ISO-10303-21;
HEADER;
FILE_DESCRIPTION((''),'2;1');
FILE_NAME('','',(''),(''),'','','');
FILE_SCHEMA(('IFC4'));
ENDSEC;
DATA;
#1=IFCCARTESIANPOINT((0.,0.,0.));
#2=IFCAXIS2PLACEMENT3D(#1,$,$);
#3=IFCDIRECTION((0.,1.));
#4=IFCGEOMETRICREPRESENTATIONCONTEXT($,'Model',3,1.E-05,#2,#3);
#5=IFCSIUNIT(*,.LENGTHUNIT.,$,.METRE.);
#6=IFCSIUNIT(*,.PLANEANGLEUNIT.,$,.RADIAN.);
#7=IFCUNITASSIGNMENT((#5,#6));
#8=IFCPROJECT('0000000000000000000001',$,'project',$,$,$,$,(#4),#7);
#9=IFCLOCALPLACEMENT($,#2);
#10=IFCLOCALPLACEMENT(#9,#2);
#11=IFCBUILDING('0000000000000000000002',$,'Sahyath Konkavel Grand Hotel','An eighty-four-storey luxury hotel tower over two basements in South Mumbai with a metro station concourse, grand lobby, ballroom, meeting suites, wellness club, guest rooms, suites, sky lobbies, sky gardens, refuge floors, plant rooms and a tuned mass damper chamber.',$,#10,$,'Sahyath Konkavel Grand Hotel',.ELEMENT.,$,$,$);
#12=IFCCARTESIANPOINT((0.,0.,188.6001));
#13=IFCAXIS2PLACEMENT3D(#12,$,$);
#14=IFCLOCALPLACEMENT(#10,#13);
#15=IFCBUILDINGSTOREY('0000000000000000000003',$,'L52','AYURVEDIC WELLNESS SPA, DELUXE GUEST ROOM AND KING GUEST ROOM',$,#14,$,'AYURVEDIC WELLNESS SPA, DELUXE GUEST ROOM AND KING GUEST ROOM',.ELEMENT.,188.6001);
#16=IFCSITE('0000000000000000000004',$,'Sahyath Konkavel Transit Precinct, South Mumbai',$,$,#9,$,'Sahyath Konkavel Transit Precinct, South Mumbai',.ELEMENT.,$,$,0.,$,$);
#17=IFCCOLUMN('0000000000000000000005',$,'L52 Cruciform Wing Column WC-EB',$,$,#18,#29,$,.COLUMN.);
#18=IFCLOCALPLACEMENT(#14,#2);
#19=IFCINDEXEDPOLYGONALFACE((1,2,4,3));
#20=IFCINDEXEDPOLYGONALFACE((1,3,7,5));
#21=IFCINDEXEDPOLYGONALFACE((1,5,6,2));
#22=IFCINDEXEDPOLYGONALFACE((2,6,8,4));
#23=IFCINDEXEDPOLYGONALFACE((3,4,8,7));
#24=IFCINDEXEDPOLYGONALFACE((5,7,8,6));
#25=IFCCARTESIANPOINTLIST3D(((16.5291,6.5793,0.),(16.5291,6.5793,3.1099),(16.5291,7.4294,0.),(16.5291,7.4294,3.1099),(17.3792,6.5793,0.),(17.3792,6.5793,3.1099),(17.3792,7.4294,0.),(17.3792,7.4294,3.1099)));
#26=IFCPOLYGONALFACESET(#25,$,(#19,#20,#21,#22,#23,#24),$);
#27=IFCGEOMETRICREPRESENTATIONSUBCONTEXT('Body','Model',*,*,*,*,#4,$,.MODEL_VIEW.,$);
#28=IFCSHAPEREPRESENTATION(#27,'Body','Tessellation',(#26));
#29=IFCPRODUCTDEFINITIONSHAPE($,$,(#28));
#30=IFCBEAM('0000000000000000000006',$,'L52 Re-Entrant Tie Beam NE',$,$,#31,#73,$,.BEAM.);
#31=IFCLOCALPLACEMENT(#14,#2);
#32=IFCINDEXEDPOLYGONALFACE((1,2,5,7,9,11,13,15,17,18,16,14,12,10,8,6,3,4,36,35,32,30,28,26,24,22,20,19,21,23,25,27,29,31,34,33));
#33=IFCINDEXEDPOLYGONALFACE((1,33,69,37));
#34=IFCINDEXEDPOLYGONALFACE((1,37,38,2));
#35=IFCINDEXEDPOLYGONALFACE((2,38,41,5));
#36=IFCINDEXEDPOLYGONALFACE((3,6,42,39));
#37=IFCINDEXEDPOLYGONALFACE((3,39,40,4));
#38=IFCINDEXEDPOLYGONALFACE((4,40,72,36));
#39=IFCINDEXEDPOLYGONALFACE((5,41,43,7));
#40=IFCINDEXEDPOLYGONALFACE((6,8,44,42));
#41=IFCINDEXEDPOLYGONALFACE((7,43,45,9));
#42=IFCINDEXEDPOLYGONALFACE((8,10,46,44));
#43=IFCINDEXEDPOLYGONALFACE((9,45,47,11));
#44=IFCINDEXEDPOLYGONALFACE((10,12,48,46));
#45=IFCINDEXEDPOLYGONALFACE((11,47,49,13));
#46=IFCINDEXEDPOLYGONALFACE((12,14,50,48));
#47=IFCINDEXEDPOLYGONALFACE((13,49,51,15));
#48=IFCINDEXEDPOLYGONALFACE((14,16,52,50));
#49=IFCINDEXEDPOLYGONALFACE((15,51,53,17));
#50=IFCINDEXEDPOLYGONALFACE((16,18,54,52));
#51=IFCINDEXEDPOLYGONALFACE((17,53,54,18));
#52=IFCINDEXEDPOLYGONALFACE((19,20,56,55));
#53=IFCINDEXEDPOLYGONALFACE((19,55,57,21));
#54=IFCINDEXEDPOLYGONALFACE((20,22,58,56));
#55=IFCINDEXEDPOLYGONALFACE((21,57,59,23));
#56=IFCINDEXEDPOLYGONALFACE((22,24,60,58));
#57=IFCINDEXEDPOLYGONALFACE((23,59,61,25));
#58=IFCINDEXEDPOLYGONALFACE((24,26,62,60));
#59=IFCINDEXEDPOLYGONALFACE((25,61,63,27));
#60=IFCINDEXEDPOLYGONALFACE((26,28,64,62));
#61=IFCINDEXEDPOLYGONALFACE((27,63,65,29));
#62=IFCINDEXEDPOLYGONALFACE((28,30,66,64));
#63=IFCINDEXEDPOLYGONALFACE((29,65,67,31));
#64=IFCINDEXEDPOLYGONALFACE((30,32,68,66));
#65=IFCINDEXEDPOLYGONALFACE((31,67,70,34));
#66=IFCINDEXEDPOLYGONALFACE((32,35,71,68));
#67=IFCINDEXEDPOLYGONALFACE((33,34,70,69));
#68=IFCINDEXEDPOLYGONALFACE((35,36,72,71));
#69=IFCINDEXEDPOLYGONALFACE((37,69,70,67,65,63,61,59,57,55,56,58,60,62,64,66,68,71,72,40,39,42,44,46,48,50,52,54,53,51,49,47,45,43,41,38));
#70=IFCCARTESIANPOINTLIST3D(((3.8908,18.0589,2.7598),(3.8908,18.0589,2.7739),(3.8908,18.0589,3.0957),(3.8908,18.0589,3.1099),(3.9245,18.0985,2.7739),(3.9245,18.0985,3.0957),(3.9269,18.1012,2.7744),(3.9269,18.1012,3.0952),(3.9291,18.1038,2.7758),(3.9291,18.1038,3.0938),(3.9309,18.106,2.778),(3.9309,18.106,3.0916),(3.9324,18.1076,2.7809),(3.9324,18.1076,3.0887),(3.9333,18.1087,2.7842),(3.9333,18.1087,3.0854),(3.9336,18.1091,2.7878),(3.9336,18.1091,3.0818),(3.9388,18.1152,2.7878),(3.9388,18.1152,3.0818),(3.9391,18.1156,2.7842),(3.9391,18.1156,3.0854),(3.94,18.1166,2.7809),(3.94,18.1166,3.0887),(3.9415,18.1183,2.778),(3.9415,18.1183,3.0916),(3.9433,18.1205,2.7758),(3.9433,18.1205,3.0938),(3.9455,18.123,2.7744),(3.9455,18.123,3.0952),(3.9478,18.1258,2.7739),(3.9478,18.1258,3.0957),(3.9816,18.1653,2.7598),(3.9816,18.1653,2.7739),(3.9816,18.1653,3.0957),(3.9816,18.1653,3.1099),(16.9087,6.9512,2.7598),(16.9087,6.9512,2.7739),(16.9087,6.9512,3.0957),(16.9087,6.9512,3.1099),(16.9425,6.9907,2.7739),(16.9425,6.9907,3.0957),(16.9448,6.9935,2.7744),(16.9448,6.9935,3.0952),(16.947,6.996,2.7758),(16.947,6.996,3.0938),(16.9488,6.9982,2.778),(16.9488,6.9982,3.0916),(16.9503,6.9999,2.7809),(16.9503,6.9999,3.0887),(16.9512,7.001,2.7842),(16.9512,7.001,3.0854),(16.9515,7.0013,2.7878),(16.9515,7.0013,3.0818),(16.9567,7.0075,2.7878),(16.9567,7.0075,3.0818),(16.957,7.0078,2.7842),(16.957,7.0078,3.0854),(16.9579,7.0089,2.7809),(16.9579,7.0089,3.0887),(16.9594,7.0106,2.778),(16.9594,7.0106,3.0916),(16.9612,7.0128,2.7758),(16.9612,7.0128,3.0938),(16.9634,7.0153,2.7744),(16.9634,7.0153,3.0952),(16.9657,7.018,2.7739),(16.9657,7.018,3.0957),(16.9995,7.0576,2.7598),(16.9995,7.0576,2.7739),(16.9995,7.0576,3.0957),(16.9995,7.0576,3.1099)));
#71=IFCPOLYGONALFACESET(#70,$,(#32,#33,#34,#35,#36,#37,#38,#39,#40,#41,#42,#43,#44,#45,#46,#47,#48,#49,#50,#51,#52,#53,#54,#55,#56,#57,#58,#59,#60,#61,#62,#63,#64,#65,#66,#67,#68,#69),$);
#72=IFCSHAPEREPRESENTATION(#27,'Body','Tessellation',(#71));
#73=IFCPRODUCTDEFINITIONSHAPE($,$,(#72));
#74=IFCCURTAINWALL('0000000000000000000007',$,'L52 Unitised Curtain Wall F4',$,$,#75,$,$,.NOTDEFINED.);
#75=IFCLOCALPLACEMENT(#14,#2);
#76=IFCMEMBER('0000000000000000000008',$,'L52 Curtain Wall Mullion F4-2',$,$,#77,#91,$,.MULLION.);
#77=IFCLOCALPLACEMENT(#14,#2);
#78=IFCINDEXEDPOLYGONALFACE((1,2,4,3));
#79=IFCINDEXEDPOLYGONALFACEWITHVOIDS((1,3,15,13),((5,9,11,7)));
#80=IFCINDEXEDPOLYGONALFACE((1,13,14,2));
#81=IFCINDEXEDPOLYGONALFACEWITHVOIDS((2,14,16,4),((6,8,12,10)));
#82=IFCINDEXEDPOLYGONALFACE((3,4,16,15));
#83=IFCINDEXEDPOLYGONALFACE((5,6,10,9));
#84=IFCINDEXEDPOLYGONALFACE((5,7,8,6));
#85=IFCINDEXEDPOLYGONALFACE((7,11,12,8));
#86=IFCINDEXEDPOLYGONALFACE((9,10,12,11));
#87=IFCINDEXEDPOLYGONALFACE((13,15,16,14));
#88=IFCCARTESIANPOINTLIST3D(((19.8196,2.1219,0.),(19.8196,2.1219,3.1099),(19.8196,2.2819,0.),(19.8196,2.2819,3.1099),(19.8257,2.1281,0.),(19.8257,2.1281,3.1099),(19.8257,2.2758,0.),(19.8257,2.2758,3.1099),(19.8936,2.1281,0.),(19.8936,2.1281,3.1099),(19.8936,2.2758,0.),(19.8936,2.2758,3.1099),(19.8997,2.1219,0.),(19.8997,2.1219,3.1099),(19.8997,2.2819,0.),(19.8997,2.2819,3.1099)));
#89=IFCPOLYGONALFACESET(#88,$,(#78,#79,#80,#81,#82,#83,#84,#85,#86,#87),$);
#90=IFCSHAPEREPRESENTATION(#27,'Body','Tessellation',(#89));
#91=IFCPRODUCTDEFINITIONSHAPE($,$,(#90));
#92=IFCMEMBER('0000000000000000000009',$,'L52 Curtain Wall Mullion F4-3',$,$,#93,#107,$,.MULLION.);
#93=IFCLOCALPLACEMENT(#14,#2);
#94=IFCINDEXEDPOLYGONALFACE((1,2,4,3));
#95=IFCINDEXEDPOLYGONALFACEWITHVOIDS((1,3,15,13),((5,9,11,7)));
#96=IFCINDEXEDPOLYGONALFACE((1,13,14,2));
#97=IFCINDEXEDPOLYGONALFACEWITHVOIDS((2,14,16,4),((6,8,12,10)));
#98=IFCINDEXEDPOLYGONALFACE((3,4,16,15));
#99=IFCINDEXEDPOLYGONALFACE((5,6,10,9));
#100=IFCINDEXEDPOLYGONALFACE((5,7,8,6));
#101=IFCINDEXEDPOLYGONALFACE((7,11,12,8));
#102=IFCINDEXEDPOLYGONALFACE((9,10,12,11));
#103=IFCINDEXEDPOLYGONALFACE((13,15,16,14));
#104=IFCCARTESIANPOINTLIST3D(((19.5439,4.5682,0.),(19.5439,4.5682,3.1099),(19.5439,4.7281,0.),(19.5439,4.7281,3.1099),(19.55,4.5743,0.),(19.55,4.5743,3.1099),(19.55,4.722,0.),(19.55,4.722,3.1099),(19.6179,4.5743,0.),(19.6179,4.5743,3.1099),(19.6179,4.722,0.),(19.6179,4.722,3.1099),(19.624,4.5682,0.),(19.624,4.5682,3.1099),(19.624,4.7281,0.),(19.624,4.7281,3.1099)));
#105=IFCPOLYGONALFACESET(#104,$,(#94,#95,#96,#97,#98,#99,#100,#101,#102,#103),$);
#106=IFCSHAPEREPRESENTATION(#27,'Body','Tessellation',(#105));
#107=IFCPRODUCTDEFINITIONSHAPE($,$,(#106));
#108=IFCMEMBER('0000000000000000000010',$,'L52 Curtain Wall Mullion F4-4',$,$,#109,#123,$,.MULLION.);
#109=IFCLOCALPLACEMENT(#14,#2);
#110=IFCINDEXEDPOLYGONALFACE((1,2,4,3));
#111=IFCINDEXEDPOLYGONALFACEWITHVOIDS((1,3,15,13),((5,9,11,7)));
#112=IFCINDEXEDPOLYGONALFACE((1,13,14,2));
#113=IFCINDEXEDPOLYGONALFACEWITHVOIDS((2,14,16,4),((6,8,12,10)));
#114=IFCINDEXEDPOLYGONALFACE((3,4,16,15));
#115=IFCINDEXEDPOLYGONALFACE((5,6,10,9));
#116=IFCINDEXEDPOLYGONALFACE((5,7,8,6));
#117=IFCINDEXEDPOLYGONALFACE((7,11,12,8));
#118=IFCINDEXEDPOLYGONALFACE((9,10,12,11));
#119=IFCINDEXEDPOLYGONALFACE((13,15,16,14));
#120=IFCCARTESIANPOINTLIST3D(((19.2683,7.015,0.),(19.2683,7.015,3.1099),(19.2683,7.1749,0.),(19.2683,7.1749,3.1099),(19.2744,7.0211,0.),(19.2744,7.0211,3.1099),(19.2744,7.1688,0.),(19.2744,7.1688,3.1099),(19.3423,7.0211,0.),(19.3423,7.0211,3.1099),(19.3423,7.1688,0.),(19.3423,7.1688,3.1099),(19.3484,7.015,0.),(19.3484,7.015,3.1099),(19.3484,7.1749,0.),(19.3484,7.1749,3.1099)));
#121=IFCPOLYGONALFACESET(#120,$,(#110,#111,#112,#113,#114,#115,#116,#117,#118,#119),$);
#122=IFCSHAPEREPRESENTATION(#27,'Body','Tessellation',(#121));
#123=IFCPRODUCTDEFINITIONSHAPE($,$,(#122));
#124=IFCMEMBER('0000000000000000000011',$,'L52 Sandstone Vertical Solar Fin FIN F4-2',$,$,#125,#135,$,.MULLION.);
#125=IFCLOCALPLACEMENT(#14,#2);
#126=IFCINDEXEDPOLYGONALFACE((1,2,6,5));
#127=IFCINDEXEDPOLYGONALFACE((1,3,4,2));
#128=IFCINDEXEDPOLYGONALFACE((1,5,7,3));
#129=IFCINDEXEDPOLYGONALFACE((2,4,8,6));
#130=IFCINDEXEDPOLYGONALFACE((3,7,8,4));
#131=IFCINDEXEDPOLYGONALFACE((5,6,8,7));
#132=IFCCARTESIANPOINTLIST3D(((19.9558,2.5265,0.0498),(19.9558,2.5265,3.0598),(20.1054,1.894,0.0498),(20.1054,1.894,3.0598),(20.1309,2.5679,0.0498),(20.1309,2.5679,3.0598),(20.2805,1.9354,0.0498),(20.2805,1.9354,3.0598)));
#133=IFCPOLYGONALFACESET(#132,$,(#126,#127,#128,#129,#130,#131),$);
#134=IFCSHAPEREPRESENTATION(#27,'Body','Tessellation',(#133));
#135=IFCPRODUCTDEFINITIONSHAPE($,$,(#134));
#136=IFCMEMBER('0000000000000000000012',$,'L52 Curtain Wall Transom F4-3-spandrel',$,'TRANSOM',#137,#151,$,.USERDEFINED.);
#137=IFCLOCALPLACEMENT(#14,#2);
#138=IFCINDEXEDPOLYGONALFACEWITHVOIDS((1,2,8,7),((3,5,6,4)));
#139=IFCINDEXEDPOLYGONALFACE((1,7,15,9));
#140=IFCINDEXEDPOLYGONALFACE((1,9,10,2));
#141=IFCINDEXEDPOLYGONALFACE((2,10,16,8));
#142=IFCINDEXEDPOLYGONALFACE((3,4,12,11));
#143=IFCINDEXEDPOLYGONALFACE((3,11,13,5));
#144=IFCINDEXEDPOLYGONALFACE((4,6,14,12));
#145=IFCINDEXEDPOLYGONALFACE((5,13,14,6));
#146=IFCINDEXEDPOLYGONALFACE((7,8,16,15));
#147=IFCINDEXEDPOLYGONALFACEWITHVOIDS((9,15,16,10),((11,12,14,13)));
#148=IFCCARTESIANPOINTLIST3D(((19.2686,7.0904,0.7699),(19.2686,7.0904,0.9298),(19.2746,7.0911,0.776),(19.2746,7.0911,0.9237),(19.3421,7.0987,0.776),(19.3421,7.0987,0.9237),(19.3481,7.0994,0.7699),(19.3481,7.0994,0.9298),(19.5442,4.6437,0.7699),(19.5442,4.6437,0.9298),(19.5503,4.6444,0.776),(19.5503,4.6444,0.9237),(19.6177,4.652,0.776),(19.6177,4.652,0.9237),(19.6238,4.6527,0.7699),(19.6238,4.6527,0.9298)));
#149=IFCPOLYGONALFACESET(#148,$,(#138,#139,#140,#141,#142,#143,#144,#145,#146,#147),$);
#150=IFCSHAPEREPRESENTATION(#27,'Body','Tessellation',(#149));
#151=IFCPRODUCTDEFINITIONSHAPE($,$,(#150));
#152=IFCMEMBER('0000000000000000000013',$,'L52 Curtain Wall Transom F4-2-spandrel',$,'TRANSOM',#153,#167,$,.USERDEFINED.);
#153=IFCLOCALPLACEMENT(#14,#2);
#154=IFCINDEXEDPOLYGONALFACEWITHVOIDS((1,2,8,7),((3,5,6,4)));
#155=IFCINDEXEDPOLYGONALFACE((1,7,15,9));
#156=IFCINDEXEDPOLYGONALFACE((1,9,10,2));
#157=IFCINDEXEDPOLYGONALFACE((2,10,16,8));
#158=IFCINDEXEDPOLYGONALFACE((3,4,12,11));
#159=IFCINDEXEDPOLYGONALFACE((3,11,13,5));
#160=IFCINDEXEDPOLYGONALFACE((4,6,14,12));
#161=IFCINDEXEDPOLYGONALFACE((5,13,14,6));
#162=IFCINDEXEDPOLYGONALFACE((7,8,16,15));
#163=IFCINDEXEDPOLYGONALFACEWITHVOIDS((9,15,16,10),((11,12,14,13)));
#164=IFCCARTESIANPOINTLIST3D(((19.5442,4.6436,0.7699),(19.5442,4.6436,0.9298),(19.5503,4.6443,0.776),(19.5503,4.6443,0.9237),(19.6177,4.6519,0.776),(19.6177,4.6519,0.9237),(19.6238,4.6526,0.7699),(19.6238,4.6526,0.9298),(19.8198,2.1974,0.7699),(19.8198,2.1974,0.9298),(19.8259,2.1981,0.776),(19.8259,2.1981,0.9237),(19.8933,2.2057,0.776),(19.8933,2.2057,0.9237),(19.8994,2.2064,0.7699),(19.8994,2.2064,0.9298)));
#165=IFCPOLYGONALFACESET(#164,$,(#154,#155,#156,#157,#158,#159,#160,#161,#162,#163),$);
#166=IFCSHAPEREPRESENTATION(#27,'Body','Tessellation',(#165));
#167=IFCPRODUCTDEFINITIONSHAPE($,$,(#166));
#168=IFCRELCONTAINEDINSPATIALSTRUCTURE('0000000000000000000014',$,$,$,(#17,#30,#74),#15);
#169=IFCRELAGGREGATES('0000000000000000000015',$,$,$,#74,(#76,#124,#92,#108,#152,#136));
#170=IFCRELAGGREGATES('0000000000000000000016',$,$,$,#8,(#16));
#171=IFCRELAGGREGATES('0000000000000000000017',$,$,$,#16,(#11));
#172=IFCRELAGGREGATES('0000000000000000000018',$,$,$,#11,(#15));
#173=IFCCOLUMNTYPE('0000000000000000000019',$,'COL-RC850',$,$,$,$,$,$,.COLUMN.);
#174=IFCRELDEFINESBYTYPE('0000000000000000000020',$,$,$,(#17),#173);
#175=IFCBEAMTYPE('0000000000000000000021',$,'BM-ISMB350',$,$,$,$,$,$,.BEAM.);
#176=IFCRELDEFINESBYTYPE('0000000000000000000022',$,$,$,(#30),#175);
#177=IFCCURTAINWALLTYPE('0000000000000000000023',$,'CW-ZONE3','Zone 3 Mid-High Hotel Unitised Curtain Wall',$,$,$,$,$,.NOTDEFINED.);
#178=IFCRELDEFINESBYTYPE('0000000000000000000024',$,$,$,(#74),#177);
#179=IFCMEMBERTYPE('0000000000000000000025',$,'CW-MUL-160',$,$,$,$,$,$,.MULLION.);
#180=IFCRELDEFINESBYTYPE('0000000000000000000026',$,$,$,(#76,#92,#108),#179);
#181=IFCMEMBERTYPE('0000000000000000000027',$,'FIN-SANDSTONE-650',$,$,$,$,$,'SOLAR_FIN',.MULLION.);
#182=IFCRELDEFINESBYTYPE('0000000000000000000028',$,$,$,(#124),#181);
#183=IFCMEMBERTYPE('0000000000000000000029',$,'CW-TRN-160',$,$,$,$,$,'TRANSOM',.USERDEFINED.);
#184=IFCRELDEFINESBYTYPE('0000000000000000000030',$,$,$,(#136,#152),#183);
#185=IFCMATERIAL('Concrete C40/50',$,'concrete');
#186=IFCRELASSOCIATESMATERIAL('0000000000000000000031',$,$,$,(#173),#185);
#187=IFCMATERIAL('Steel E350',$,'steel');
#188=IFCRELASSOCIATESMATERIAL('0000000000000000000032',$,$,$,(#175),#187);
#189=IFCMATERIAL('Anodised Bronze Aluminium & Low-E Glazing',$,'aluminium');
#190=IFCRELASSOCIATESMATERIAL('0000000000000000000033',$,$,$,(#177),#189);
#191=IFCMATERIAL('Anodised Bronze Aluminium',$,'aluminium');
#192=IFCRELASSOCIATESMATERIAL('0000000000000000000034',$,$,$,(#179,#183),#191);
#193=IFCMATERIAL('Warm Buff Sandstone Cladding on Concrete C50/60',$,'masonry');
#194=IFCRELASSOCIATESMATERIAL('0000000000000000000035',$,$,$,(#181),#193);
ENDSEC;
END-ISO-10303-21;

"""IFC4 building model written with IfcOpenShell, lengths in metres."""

from ifc_helpers import new_model, si_unit, direction, frame, origin, origin_2d, place, context, subcontext, project, spatial, rectangle, hollow_rectangle, i_section, extrude, source, transform, mapped, material, material_profile, profile_set, type_object, element, aggregate, save


model = new_model("IFC4")

# Units and contexts
model_context = context("Model", 3, precision=1e-05, world=origin(), true_north=direction((0.0, 1.0)))
body_context = subcontext(model_context, "Body", "Model", "MODEL_VIEW")
ifc_project = project(units=[si_unit("LENGTHUNIT", "METRE"), si_unit("PLANEANGLEUNIT", "RADIAN")], contexts=[model_context])

# Site, building, storey
site_placement = place(None, origin())
site = spatial("IfcSite", under=ifc_project, at=site_placement, Name="Sahyath Konkavel Transit Precinct, South Mumbai", LongName="Sahyath Konkavel Transit Precinct, South Mumbai", CompositionType="ELEMENT", RefElevation=0.0)
building_placement = place(site_placement, origin())
building = spatial("IfcBuilding", under=site, at=building_placement, Name="Sahyath Konkavel Grand Hotel", Description="An eighty-four-storey luxury hotel tower over two basements in South Mumbai with a metro station concourse, grand lobby, ballroom, meeting suites, wellness club, guest rooms, suites, sky lobbies, sky gardens, refuge floors, plant rooms and a tuned mass damper chamber.", LongName="Sahyath Konkavel Grand Hotel", CompositionType="ELEMENT")
storey_placement = place(building_placement, frame((0.0, 0.0, 188.6001)))
storey = spatial("IfcBuildingStorey", under=building, at=storey_placement, Name="L52", Description="AYURVEDIC WELLNESS SPA, DELUXE GUEST ROOM AND KING GUEST ROOM", LongName="AYURVEDIC WELLNESS SPA, DELUXE GUEST ROOM AND KING GUEST ROOM", CompositionType="ELEMENT", Elevation=188.6001)

# Column
ifc_material_1 = material(Name="Concrete C40/50", Category="concrete")
ifc_material_profile_1 = material_profile(ifc_material_1, rectangle(XDim=0.8501, YDim=0.8501, at=origin_2d()), Name="RC 850x850")
ifc_profile_set_1 = profile_set([ifc_material_profile_1], Name="Concrete C40/50")
column_type = type_object("IfcColumnType", Name="COL-RC850", PredefinedType="COLUMN", material=ifc_profile_set_1)
shared_shape_1 = source(origin(), body_context, "Body", "SweptSolid", [
    extrude(rectangle(XDim=0.8501, YDim=0.8501, at=origin_2d()), origin(), (0.0, 0.0, 1.0), 3.1099),
])
column_placement = place(storey_placement, frame((16.9541, 7.0044, 0.0), z_axis=(0.0, 0.0, 1.0), x_axis=(1.0, 0.0, 0.0)))
element("IfcColumn", 1, at=column_placement, inside=storey, type_object=column_type, Name="L52 Cruciform Wing Column WC-EB", PredefinedType="COLUMN", context=body_context, shape_type="MappedRepresentation", body=[
    mapped(shared_shape_1, transform((0.0, 0.0, 0.0), scale=1.0)),
])

# Beam
ifc_material_2 = material(Name="Steel E350", Category="steel")
ifc_material_profile_2 = material_profile(ifc_material_2, i_section(OverallWidth=0.1399, OverallDepth=0.3501, WebThickness=0.0081, FlangeThickness=0.0142, FilletRadius=0.0139, at=origin_2d()), Name="ISMB 350")
ifc_profile_set_2 = profile_set([ifc_material_profile_2], Name="Steel E350")
beam_type_1 = type_object("IfcBeamType", Name="BM-ISMB350", PredefinedType="BEAM", material=ifc_profile_set_2)
shared_shape_2 = source(origin(), body_context, "Body", "SweptSolid", [
    extrude(i_section(OverallWidth=0.1399, OverallDepth=0.3501, WebThickness=0.0081, FlangeThickness=0.0142, FilletRadius=0.0139, at=origin_2d()), origin(), (0.0, 0.0, 1.0), 17.1128),
])
beam_1_placement = place(storey_placement, frame((16.9541, 7.0044, 2.9348), z_axis=(-0.760712, 0.64909, 0.0), x_axis=(-0.64909, -0.760712, 0.0)))
element("IfcBeam", 2, at=beam_1_placement, inside=storey, type_object=beam_type_1, Name="L52 Re-Entrant Tie Beam NE", PredefinedType="BEAM", context=body_context, shape_type="MappedRepresentation", body=[
    mapped(shared_shape_2, transform((0.0, 0.0, 0.0), scale=1.0)),
])

# Curtain wall, members
ifc_material_3 = material(Name="Anodised Bronze Aluminium & Low-E Glazing", Category="aluminium")
curtain_wall_type = type_object("IfcCurtainWallType", Name="CW-ZONE3", Description="Zone 3 Mid-High Hotel Unitised Curtain Wall", PredefinedType="NOTDEFINED", material=ifc_material_3)
curtain_wall_placement = place(storey_placement, origin())
curtain_wall = element("IfcCurtainWall", 3, at=curtain_wall_placement, inside=storey, type_object=curtain_wall_type, Name="L52 Unitised Curtain Wall F4", PredefinedType="NOTDEFINED")
ifc_material_4 = material(Name="Anodised Bronze Aluminium", Category="aluminium")
ifc_material_profile_3 = material_profile(ifc_material_4, hollow_rectangle(XDim=0.0801, YDim=0.1599, WallThickness=0.0061, at=origin_2d()), Name="RHS 160x80x6")
ifc_profile_set_3 = profile_set([ifc_material_profile_3], Name="Anodised Bronze Aluminium")
member_type_1 = type_object("IfcMemberType", Name="CW-MUL-160", PredefinedType="MULLION", material=ifc_profile_set_3)
shared_shape_3 = source(origin(), body_context, "Body", "SweptSolid", [
    extrude(hollow_rectangle(XDim=0.0801, YDim=0.1599, WallThickness=0.0061, at=origin_2d()), origin(), (0.0, 0.0, 1.0), 3.1099),
])
member_1_placement = place(storey_placement, frame((19.8596, 2.2019, 0.0), z_axis=(0.0, 0.0, 1.0), x_axis=(1.0, 0.0, 0.0)))
member_1 = element("IfcMember", 4, at=member_1_placement, type_object=member_type_1, Name="L52 Curtain Wall Mullion F4-2", PredefinedType="MULLION", context=body_context, shape_type="MappedRepresentation", body=[
    mapped(shared_shape_3, transform((0.0, 0.0, 0.0), scale=1.0)),
])
member_2_placement = place(storey_placement, frame((19.584, 4.6482, 0.0), z_axis=(0.0, 0.0, 1.0), x_axis=(1.0, 0.0, 0.0)))
member_2 = element("IfcMember", 5, at=member_2_placement, type_object=member_type_1, Name="L52 Curtain Wall Mullion F4-3", PredefinedType="MULLION", context=body_context, shape_type="MappedRepresentation", body=[
    mapped(shared_shape_3, transform((0.0, 0.0, 0.0), scale=1.0)),
])
member_3_placement = place(storey_placement, frame((19.3083, 7.095, 0.0), z_axis=(0.0, 0.0, 1.0), x_axis=(1.0, 0.0, 0.0)))
member_3 = element("IfcMember", 6, at=member_3_placement, type_object=member_type_1, Name="L52 Curtain Wall Mullion F4-4", PredefinedType="MULLION", context=body_context, shape_type="MappedRepresentation", body=[
    mapped(shared_shape_3, transform((0.0, 0.0, 0.0), scale=1.0)),
])
ifc_material_5 = material(Name="Warm Buff Sandstone Cladding on Concrete C50/60", Category="masonry")
ifc_material_profile_4 = material_profile(ifc_material_5, rectangle(XDim=0.1799, YDim=0.6499, at=origin_2d()), Name="FIN 180x650")
ifc_profile_set_4 = profile_set([ifc_material_profile_4], Name="Warm Buff Sandstone Cladding on Concrete C50/60")
member_type_2 = type_object("IfcMemberType", Name="FIN-SANDSTONE-650", ElementType="SOLAR_FIN", PredefinedType="MULLION", material=ifc_profile_set_4)
shared_shape_4 = source(origin(), body_context, "Body", "SweptSolid", [
    extrude(rectangle(XDim=0.1799, YDim=0.6499, at=origin_2d()), origin(), (0.0, 0.0, 1.0), 3.01),
])
member_4_placement = place(storey_placement, frame((20.1182, 2.231, 0.0498), z_axis=(0.0, 0.0, 1.0), x_axis=(0.973139, 0.23022, 0.0)))
member_4 = element("IfcMember", 7, at=member_4_placement, type_object=member_type_2, Name="L52 Sandstone Vertical Solar Fin FIN F4-2", PredefinedType="MULLION", context=body_context, shape_type="MappedRepresentation", body=[
    mapped(shared_shape_4, transform((0.0, 0.0, 0.0), scale=1.0)),
])
ifc_material_profile_5 = material_profile(ifc_material_4, hollow_rectangle(XDim=0.0801, YDim=0.1599, WallThickness=0.0061, at=origin_2d()), Name="RHS 160x80x6")
ifc_profile_set_5 = profile_set([ifc_material_profile_5], Name="Anodised Bronze Aluminium")
member_type_3 = type_object("IfcMemberType", Name="CW-TRN-160", ElementType="TRANSOM", PredefinedType="USERDEFINED", material=ifc_profile_set_5)
shared_shape_5 = source(origin(), body_context, "Body", "SweptSolid", [
    extrude(hollow_rectangle(XDim=0.0801, YDim=0.1599, WallThickness=0.0061, at=origin_2d()), origin(), (0.0, 0.0, 1.0), 2.4622),
])
member_5_placement = place(storey_placement, frame((19.584, 4.6482, 0.8499), z_axis=(-0.111944, 0.993715, 0.0), x_axis=(-0.993715, -0.111944, 0.0)))
member_5 = element("IfcMember", 8, at=member_5_placement, type_object=member_type_3, Name="L52 Curtain Wall Transom F4-3-spandrel", ObjectType="TRANSOM", PredefinedType="USERDEFINED", context=body_context, shape_type="MappedRepresentation", body=[
    mapped(shared_shape_5, transform((0.0, 0.0, 0.0), scale=1.0)),
])
shared_shape_6 = source(origin(), body_context, "Body", "SweptSolid", [
    extrude(hollow_rectangle(XDim=0.0801, YDim=0.1599, WallThickness=0.0061, at=origin_2d()), origin(), (0.0, 0.0, 1.0), 2.4617),
])
member_6_placement = place(storey_placement, frame((19.8596, 2.2019, 0.8499), z_axis=(-0.111966, 0.993712, 0.0), x_axis=(-0.993712, -0.111966, 0.0)))
member_6 = element("IfcMember", 9, at=member_6_placement, type_object=member_type_3, Name="L52 Curtain Wall Transom F4-2-spandrel", ObjectType="TRANSOM", PredefinedType="USERDEFINED", context=body_context, shape_type="MappedRepresentation", body=[
    mapped(shared_shape_6, transform((0.0, 0.0, 0.0), scale=1.0)),
])

aggregate(curtain_wall, [member_1, member_4, member_2, member_3, member_6, member_5])

save(model, "model.ifc")
